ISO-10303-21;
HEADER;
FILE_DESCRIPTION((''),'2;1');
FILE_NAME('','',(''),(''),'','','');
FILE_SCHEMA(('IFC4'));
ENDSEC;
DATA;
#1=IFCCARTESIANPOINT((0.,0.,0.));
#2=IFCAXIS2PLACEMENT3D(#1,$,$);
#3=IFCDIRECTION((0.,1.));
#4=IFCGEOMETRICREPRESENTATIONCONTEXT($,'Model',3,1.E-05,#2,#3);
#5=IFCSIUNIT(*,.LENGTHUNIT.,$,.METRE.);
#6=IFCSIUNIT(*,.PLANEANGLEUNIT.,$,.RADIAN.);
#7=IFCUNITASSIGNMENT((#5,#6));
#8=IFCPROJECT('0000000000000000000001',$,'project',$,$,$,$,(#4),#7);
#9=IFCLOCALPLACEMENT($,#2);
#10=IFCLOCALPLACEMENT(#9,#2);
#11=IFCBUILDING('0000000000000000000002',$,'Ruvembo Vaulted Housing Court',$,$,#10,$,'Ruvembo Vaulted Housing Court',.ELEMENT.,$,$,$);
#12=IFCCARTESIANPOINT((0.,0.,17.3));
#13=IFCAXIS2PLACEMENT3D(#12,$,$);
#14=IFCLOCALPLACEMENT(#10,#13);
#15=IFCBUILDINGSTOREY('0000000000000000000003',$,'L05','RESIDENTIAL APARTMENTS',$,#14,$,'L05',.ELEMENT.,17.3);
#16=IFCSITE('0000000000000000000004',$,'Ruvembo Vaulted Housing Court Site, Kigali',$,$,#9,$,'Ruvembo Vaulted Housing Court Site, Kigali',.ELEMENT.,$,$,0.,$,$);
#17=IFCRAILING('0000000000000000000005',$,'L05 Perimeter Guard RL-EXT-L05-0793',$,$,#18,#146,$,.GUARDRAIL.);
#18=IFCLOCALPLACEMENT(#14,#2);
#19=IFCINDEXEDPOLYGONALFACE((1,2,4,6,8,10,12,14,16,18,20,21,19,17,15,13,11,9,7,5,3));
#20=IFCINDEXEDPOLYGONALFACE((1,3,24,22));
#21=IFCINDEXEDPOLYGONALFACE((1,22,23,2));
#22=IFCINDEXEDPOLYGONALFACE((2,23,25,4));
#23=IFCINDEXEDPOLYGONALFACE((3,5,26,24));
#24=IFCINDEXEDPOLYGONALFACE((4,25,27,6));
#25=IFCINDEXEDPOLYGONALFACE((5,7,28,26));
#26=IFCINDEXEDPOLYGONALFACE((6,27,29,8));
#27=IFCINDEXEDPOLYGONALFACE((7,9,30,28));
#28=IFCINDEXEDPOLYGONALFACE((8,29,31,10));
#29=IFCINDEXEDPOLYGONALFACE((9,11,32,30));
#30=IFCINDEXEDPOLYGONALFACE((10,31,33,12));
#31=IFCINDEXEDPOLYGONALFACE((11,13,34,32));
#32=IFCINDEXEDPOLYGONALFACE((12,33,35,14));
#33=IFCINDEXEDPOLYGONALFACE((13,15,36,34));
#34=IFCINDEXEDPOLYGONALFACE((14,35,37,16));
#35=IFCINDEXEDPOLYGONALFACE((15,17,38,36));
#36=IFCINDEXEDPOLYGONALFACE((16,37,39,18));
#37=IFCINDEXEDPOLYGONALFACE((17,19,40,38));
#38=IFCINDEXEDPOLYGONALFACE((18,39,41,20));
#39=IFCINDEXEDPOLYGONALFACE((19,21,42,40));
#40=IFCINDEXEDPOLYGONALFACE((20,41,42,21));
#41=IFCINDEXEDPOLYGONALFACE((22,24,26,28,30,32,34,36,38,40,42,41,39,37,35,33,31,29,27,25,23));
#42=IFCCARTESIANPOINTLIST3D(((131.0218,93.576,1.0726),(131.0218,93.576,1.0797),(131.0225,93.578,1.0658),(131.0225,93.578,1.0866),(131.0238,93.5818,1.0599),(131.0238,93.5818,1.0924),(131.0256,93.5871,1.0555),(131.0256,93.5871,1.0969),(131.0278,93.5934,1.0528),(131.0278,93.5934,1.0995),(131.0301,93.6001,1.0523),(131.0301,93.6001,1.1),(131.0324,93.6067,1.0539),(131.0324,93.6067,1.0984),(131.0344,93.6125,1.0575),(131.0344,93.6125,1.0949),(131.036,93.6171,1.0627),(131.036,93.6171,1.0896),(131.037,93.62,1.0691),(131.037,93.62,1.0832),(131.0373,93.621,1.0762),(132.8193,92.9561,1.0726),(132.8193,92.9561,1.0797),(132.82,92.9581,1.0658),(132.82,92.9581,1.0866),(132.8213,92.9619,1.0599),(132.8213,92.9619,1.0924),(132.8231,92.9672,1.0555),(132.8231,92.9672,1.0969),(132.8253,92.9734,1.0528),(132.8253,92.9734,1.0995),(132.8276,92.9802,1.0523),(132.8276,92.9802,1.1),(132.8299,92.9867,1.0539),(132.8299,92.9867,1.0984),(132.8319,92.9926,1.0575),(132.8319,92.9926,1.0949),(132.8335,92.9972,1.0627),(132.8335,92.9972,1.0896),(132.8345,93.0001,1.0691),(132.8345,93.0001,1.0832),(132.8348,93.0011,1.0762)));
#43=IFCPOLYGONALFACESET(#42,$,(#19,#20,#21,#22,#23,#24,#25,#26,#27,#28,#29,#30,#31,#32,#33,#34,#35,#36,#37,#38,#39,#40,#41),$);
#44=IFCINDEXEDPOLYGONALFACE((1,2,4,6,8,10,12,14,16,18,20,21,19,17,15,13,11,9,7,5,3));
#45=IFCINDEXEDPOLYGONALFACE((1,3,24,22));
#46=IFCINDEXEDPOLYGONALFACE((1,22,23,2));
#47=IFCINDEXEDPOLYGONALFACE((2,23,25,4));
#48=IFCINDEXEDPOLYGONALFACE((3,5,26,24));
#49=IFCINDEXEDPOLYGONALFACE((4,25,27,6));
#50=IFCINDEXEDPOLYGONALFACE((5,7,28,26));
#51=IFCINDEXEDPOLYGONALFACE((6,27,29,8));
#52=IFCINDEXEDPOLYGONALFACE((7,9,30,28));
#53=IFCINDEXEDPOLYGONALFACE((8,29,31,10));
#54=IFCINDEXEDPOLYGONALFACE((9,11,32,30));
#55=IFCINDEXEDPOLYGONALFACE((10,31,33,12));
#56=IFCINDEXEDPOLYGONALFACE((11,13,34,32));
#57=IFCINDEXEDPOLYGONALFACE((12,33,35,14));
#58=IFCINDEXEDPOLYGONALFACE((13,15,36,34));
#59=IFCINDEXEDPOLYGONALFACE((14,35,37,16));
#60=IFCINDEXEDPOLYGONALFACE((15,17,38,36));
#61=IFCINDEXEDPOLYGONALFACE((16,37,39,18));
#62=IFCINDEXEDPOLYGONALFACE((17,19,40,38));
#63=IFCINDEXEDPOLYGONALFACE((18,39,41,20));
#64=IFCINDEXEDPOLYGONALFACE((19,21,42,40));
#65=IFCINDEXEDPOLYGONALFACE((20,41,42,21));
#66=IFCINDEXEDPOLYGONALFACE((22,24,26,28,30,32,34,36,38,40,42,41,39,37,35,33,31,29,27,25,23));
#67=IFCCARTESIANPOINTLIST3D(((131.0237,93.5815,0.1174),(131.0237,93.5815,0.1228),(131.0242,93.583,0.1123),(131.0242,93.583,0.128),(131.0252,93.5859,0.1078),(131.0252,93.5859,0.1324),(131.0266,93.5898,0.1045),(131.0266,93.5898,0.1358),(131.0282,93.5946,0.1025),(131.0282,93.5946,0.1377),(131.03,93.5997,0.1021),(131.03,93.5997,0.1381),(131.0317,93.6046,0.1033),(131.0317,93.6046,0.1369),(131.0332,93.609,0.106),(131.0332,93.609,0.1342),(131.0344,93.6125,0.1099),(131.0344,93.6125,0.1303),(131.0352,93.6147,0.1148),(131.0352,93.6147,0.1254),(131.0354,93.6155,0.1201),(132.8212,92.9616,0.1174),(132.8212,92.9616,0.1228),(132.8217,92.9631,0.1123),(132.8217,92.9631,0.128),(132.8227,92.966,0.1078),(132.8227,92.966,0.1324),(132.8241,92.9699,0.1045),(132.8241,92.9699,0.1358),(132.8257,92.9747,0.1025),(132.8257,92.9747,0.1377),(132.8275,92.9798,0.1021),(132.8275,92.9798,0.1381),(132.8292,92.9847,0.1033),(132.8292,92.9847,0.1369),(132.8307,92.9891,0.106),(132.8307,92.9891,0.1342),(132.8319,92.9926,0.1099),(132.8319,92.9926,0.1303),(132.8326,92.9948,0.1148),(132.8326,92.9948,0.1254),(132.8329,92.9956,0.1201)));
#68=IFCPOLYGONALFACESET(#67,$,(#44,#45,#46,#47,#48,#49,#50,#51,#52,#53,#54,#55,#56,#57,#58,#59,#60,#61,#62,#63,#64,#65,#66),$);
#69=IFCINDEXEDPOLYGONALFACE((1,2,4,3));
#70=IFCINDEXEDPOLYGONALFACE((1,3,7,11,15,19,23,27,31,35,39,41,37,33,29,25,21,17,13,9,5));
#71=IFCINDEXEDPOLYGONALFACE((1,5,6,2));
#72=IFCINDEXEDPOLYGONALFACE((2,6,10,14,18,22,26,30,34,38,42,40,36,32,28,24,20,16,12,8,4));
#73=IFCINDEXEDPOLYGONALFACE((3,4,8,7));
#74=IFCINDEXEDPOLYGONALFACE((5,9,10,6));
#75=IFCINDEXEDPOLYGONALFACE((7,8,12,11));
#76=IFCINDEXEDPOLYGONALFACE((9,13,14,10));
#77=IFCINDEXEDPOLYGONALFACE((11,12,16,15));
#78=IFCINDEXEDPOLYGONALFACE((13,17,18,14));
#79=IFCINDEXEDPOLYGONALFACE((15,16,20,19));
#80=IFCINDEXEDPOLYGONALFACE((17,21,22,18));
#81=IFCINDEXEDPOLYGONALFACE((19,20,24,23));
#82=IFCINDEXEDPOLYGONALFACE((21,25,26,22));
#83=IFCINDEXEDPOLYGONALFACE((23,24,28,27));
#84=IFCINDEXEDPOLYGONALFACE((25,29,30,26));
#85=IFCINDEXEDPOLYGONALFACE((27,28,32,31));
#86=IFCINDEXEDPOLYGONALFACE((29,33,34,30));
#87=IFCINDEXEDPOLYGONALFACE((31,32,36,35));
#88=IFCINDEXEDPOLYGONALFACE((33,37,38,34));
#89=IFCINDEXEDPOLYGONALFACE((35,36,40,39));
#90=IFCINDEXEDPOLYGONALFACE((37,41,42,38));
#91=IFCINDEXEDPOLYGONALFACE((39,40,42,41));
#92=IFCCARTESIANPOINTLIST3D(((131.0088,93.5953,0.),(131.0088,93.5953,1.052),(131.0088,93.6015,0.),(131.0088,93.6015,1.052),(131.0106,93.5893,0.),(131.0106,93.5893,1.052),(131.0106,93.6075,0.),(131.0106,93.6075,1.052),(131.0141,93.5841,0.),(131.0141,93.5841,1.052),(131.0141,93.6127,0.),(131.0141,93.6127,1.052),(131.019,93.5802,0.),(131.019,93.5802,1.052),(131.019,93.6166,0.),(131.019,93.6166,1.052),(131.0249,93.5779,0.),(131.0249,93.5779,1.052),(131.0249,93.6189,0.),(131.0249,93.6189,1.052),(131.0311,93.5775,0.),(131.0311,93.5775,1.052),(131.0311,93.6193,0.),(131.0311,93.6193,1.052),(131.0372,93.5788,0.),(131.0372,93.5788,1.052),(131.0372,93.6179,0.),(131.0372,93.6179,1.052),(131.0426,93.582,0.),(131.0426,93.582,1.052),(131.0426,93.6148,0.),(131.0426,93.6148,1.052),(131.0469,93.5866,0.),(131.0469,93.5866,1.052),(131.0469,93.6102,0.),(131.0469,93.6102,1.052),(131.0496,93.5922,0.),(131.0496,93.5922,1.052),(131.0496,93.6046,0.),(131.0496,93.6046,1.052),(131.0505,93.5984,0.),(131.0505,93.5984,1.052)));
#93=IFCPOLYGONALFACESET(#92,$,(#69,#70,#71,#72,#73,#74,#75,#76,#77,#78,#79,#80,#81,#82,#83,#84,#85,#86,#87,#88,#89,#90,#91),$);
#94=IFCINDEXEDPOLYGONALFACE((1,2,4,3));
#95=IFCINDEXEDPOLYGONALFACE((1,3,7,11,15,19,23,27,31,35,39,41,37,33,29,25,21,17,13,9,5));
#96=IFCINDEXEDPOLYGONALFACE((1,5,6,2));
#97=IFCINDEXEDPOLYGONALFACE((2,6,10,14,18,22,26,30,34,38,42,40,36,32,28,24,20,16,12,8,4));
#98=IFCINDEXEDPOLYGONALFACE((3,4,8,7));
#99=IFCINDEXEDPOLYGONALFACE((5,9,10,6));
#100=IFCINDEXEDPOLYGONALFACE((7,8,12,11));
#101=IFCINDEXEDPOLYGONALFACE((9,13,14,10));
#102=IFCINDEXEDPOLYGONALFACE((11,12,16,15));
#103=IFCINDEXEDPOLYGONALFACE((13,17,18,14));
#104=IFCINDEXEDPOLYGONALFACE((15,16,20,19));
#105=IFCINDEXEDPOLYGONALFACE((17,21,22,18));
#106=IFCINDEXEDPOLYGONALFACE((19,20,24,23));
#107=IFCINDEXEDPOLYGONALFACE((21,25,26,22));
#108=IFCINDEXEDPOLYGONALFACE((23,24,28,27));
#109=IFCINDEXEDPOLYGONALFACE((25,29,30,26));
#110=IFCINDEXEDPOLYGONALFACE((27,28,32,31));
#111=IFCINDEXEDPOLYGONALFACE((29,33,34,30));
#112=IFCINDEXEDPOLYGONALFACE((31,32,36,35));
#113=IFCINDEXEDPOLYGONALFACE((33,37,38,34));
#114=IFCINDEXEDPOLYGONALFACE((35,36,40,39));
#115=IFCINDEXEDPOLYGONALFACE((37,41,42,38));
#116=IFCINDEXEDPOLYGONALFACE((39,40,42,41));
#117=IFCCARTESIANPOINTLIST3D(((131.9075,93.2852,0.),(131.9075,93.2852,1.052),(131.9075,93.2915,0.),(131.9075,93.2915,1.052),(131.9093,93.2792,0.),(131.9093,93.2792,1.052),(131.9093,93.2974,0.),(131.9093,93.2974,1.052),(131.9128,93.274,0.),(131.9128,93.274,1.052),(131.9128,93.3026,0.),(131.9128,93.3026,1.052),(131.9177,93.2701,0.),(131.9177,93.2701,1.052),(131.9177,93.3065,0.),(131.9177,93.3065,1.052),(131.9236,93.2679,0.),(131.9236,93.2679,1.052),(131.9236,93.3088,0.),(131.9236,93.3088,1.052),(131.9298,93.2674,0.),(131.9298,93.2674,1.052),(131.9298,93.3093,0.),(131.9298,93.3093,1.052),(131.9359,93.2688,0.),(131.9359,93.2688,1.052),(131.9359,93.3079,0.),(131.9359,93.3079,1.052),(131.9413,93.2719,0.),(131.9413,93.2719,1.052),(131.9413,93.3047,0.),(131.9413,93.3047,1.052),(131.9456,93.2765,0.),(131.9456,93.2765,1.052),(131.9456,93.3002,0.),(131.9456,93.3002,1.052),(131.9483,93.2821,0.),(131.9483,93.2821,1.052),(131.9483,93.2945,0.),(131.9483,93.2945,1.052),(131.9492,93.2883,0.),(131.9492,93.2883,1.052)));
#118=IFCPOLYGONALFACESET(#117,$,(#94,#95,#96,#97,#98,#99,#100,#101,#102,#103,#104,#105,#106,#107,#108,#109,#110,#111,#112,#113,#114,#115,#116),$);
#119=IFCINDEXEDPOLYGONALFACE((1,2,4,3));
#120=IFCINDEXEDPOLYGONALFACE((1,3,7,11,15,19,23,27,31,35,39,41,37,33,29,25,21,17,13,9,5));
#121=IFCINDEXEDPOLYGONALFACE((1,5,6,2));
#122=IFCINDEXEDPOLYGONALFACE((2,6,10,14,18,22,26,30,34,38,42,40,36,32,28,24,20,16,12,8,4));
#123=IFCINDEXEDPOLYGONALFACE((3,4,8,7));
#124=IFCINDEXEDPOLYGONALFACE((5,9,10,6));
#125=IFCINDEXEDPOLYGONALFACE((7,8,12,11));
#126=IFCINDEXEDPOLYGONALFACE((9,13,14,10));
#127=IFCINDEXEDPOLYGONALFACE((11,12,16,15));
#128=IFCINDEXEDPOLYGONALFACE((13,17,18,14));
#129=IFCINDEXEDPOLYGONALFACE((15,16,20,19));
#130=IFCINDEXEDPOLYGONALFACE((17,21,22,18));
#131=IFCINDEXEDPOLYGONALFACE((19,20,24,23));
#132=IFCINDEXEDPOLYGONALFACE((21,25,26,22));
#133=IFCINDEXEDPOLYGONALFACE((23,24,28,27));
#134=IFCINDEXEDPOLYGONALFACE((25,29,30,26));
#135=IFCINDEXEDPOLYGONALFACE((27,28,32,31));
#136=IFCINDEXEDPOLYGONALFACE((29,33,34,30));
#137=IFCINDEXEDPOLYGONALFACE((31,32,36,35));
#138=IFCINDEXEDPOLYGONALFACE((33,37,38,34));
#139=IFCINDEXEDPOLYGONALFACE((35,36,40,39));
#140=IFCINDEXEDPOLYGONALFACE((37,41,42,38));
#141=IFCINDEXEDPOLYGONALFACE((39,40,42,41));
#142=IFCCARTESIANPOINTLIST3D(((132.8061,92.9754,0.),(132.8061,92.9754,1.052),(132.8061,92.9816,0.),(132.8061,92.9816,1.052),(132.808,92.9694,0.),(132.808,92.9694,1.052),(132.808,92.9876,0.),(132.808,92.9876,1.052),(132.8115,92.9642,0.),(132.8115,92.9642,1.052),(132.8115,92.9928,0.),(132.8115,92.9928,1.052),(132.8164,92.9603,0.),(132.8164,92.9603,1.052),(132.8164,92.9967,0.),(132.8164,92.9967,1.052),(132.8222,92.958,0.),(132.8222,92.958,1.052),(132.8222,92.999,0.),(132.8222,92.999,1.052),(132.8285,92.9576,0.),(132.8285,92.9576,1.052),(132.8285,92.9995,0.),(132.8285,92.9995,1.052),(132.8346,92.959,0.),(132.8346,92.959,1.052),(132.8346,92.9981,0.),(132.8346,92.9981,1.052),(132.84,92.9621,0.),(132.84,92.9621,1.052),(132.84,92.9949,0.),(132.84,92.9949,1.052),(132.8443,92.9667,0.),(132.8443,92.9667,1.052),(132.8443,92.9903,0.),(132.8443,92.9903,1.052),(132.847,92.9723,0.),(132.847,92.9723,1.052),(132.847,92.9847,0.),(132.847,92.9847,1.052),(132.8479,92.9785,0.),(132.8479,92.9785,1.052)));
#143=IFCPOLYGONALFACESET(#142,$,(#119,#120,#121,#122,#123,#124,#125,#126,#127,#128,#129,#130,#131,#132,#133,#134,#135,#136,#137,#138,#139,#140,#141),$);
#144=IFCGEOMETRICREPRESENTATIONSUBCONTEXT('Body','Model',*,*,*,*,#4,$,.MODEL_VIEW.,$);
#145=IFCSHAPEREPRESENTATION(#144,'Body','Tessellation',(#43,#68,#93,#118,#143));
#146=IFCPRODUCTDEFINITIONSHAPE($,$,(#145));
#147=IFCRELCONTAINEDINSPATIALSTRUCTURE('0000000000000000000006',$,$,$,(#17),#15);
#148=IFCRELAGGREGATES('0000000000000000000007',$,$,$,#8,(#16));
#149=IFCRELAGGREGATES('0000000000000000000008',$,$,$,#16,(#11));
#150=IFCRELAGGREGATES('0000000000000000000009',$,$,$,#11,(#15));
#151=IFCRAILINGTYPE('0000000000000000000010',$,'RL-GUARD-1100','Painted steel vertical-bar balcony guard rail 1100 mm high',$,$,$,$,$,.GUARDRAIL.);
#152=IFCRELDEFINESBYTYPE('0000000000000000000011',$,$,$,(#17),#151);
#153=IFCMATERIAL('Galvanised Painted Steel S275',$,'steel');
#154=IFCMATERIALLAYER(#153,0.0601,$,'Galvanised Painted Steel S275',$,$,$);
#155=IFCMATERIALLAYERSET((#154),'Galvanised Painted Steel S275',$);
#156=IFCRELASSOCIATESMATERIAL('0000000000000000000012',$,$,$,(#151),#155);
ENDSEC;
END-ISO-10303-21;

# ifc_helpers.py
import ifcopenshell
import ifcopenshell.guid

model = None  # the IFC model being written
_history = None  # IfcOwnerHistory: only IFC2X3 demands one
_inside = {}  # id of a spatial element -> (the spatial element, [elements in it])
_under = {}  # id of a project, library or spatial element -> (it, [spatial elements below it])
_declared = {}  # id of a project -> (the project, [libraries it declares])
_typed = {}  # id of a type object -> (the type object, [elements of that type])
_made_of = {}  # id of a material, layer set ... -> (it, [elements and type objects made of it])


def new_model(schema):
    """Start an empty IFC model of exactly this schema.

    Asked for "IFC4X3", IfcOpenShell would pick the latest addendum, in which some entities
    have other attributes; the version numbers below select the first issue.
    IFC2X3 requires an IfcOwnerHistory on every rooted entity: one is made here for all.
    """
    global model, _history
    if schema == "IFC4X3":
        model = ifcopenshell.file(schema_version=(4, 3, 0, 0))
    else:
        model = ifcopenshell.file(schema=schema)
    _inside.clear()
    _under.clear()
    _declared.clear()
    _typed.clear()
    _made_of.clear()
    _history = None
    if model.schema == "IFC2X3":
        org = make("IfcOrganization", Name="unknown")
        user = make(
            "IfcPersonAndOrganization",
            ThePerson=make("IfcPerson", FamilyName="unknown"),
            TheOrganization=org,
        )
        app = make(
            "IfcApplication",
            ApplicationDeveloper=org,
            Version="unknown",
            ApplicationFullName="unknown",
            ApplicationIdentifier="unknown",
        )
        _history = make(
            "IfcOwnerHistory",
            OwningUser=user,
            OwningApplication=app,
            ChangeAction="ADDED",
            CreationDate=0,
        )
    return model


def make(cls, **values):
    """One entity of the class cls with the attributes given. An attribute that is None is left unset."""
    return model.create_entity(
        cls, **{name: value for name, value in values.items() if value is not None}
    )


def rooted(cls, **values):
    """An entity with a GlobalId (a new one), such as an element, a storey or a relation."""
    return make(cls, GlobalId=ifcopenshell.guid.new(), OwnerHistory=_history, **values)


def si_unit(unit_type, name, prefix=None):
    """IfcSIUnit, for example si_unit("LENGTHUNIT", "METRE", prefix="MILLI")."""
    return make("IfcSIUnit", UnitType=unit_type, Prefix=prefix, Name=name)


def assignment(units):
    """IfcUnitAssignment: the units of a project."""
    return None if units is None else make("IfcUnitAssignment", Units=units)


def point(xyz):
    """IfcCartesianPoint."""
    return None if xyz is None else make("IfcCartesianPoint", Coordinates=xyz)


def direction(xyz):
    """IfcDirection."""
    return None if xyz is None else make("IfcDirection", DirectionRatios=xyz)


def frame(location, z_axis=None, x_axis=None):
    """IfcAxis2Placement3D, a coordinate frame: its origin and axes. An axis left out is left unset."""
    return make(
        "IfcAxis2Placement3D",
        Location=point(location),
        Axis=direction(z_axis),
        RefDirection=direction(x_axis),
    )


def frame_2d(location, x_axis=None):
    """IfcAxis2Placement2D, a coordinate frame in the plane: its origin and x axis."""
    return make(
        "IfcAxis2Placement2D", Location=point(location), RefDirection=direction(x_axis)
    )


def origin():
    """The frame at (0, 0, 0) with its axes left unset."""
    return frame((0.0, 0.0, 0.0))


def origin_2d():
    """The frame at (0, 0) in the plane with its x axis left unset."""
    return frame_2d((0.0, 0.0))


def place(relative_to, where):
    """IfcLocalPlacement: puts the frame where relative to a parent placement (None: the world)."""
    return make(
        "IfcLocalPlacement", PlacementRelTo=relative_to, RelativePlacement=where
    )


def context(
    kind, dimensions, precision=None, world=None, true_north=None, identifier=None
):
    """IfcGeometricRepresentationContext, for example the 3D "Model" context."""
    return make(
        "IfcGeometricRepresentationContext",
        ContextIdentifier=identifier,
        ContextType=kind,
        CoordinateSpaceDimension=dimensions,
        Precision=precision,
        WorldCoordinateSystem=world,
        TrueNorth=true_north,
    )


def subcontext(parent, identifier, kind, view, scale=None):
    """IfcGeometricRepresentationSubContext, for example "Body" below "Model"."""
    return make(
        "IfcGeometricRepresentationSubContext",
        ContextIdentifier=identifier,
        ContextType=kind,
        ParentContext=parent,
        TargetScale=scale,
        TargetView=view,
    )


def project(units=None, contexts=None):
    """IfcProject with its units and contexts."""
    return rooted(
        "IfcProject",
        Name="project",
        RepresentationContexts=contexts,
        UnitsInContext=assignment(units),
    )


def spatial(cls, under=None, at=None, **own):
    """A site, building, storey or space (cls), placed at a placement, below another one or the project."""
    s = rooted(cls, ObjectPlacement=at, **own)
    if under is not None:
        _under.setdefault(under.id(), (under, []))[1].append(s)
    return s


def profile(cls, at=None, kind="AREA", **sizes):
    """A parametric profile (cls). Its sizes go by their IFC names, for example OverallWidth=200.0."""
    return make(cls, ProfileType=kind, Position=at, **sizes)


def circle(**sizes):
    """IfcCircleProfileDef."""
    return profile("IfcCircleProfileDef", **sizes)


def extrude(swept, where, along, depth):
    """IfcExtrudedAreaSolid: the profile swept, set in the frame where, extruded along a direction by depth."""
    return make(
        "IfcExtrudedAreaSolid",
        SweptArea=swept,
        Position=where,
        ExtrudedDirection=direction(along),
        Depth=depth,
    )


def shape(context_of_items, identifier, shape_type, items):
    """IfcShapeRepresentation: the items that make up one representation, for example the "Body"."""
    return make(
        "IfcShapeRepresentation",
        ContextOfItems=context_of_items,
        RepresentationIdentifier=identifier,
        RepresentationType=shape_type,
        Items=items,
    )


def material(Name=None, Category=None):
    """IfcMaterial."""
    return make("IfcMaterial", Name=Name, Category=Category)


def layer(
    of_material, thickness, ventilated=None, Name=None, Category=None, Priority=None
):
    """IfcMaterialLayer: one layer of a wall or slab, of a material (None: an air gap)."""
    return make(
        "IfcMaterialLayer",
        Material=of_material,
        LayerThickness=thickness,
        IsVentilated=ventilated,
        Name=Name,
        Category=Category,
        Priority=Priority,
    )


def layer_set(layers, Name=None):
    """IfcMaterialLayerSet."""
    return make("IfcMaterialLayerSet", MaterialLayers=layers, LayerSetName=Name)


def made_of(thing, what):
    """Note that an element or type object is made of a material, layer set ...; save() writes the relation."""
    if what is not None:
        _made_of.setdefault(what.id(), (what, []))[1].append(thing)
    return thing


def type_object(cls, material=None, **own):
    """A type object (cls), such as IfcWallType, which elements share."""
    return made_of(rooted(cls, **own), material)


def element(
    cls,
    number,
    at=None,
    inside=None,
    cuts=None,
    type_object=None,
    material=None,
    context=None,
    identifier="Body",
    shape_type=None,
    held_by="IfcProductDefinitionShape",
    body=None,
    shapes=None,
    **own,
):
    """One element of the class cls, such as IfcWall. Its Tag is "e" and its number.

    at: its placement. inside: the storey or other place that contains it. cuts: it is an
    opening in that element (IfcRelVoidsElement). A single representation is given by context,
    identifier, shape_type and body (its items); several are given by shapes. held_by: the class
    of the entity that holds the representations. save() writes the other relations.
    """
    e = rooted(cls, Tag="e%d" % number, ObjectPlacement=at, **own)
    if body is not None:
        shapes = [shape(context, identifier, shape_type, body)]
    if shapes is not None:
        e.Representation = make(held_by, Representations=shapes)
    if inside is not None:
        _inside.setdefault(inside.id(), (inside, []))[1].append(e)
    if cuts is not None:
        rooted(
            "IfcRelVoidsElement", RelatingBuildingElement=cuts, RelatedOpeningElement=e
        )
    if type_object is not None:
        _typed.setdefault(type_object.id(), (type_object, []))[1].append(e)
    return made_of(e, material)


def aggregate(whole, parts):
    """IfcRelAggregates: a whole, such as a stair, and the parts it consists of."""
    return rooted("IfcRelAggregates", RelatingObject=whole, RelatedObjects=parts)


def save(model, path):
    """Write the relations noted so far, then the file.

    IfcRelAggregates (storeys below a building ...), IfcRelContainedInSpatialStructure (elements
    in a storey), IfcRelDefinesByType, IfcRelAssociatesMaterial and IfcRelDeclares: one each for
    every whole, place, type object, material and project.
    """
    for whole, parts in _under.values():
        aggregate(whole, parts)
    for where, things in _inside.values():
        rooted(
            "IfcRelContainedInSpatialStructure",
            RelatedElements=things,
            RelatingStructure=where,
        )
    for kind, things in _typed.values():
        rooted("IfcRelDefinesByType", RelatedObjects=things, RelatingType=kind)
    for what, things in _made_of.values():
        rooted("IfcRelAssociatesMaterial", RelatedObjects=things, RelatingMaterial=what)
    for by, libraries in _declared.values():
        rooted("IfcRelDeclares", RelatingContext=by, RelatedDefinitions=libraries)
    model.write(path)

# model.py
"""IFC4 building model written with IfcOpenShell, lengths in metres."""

from ifc_helpers import new_model, si_unit, direction, frame, origin, origin_2d, place, context, subcontext, project, spatial, circle, extrude, material, layer, layer_set, type_object, element, save


model = new_model("IFC4")

# Units and contexts
model_context = context("Model", 3, precision=1e-05, world=origin(), true_north=direction((0.0, 1.0)))
body_context = subcontext(model_context, "Body", "Model", "MODEL_VIEW")
ifc_project = project(units=[si_unit("LENGTHUNIT", "METRE"), si_unit("PLANEANGLEUNIT", "RADIAN")], contexts=[model_context])

# Site, building, storey
site_placement = place(None, origin())
site = spatial("IfcSite", under=ifc_project, at=site_placement, Name="Ruvembo Vaulted Housing Court Site, Kigali", LongName="Ruvembo Vaulted Housing Court Site, Kigali", CompositionType="ELEMENT", RefElevation=0.0)
building_placement = place(site_placement, origin())
building = spatial("IfcBuilding", under=site, at=building_placement, Name="Ruvembo Vaulted Housing Court", LongName="Ruvembo Vaulted Housing Court", CompositionType="ELEMENT")
storey_placement = place(building_placement, frame((0.0, 0.0, 17.3)))
storey = spatial("IfcBuildingStorey", under=building, at=storey_placement, Name="L05", Description="RESIDENTIAL APARTMENTS", LongName="L05", CompositionType="ELEMENT", Elevation=17.3)

# Railing
ifc_material_1 = material(Name="Galvanised Painted Steel S275", Category="steel")
ifc_layer = layer(ifc_material_1, 0.0601, Name="Galvanised Painted Steel S275")
ifc_layer_set = layer_set([ifc_layer], Name="Galvanised Painted Steel S275")
railing_type = type_object("IfcRailingType", Name="RL-GUARD-1100", Description="Painted steel vertical-bar balcony guard rail 1100 mm high", PredefinedType="GUARDRAIL", material=ifc_layer_set)
railing_1_placement = place(storey_placement, frame((131.0295, 93.5984, 0.0)))
element("IfcRailing", 1, at=railing_1_placement, inside=storey, type_object=railing_type, Name="L05 Perimeter Guard RL-EXT-L05-0793", PredefinedType="GUARDRAIL", context=body_context, shape_type="SweptSolid", body=[
    extrude(circle(Radius=0.0239, at=origin_2d()), frame((0.0, 0.0, 1.0762), z_axis=(0.945358, -0.326034, 0.0), x_axis=(0.326034, 0.945358, 0.0)), (0.0, 0.0, 1.0), 1.9014),
    extrude(circle(Radius=0.0181, at=origin_2d()), frame((0.0, 0.0, 0.1201), z_axis=(0.945358, -0.326034, 0.0), x_axis=(0.326034, 0.945358, 0.0)), (0.0, 0.0, 1.0), 1.9014),
    extrude(circle(Radius=0.021, at=origin_2d()), origin(), (0.0, 0.0, 1.0), 1.052),
    extrude(circle(Radius=0.021, at=origin_2d()), frame((0.8987, -0.3101, 0.0)), (0.0, 0.0, 1.0), 1.052),
    extrude(circle(Radius=0.021, at=origin_2d()), frame((1.7974, -0.6199, 0.0)), (0.0, 0.0, 1.0), 1.052),
])

save(model, "model.ifc")
